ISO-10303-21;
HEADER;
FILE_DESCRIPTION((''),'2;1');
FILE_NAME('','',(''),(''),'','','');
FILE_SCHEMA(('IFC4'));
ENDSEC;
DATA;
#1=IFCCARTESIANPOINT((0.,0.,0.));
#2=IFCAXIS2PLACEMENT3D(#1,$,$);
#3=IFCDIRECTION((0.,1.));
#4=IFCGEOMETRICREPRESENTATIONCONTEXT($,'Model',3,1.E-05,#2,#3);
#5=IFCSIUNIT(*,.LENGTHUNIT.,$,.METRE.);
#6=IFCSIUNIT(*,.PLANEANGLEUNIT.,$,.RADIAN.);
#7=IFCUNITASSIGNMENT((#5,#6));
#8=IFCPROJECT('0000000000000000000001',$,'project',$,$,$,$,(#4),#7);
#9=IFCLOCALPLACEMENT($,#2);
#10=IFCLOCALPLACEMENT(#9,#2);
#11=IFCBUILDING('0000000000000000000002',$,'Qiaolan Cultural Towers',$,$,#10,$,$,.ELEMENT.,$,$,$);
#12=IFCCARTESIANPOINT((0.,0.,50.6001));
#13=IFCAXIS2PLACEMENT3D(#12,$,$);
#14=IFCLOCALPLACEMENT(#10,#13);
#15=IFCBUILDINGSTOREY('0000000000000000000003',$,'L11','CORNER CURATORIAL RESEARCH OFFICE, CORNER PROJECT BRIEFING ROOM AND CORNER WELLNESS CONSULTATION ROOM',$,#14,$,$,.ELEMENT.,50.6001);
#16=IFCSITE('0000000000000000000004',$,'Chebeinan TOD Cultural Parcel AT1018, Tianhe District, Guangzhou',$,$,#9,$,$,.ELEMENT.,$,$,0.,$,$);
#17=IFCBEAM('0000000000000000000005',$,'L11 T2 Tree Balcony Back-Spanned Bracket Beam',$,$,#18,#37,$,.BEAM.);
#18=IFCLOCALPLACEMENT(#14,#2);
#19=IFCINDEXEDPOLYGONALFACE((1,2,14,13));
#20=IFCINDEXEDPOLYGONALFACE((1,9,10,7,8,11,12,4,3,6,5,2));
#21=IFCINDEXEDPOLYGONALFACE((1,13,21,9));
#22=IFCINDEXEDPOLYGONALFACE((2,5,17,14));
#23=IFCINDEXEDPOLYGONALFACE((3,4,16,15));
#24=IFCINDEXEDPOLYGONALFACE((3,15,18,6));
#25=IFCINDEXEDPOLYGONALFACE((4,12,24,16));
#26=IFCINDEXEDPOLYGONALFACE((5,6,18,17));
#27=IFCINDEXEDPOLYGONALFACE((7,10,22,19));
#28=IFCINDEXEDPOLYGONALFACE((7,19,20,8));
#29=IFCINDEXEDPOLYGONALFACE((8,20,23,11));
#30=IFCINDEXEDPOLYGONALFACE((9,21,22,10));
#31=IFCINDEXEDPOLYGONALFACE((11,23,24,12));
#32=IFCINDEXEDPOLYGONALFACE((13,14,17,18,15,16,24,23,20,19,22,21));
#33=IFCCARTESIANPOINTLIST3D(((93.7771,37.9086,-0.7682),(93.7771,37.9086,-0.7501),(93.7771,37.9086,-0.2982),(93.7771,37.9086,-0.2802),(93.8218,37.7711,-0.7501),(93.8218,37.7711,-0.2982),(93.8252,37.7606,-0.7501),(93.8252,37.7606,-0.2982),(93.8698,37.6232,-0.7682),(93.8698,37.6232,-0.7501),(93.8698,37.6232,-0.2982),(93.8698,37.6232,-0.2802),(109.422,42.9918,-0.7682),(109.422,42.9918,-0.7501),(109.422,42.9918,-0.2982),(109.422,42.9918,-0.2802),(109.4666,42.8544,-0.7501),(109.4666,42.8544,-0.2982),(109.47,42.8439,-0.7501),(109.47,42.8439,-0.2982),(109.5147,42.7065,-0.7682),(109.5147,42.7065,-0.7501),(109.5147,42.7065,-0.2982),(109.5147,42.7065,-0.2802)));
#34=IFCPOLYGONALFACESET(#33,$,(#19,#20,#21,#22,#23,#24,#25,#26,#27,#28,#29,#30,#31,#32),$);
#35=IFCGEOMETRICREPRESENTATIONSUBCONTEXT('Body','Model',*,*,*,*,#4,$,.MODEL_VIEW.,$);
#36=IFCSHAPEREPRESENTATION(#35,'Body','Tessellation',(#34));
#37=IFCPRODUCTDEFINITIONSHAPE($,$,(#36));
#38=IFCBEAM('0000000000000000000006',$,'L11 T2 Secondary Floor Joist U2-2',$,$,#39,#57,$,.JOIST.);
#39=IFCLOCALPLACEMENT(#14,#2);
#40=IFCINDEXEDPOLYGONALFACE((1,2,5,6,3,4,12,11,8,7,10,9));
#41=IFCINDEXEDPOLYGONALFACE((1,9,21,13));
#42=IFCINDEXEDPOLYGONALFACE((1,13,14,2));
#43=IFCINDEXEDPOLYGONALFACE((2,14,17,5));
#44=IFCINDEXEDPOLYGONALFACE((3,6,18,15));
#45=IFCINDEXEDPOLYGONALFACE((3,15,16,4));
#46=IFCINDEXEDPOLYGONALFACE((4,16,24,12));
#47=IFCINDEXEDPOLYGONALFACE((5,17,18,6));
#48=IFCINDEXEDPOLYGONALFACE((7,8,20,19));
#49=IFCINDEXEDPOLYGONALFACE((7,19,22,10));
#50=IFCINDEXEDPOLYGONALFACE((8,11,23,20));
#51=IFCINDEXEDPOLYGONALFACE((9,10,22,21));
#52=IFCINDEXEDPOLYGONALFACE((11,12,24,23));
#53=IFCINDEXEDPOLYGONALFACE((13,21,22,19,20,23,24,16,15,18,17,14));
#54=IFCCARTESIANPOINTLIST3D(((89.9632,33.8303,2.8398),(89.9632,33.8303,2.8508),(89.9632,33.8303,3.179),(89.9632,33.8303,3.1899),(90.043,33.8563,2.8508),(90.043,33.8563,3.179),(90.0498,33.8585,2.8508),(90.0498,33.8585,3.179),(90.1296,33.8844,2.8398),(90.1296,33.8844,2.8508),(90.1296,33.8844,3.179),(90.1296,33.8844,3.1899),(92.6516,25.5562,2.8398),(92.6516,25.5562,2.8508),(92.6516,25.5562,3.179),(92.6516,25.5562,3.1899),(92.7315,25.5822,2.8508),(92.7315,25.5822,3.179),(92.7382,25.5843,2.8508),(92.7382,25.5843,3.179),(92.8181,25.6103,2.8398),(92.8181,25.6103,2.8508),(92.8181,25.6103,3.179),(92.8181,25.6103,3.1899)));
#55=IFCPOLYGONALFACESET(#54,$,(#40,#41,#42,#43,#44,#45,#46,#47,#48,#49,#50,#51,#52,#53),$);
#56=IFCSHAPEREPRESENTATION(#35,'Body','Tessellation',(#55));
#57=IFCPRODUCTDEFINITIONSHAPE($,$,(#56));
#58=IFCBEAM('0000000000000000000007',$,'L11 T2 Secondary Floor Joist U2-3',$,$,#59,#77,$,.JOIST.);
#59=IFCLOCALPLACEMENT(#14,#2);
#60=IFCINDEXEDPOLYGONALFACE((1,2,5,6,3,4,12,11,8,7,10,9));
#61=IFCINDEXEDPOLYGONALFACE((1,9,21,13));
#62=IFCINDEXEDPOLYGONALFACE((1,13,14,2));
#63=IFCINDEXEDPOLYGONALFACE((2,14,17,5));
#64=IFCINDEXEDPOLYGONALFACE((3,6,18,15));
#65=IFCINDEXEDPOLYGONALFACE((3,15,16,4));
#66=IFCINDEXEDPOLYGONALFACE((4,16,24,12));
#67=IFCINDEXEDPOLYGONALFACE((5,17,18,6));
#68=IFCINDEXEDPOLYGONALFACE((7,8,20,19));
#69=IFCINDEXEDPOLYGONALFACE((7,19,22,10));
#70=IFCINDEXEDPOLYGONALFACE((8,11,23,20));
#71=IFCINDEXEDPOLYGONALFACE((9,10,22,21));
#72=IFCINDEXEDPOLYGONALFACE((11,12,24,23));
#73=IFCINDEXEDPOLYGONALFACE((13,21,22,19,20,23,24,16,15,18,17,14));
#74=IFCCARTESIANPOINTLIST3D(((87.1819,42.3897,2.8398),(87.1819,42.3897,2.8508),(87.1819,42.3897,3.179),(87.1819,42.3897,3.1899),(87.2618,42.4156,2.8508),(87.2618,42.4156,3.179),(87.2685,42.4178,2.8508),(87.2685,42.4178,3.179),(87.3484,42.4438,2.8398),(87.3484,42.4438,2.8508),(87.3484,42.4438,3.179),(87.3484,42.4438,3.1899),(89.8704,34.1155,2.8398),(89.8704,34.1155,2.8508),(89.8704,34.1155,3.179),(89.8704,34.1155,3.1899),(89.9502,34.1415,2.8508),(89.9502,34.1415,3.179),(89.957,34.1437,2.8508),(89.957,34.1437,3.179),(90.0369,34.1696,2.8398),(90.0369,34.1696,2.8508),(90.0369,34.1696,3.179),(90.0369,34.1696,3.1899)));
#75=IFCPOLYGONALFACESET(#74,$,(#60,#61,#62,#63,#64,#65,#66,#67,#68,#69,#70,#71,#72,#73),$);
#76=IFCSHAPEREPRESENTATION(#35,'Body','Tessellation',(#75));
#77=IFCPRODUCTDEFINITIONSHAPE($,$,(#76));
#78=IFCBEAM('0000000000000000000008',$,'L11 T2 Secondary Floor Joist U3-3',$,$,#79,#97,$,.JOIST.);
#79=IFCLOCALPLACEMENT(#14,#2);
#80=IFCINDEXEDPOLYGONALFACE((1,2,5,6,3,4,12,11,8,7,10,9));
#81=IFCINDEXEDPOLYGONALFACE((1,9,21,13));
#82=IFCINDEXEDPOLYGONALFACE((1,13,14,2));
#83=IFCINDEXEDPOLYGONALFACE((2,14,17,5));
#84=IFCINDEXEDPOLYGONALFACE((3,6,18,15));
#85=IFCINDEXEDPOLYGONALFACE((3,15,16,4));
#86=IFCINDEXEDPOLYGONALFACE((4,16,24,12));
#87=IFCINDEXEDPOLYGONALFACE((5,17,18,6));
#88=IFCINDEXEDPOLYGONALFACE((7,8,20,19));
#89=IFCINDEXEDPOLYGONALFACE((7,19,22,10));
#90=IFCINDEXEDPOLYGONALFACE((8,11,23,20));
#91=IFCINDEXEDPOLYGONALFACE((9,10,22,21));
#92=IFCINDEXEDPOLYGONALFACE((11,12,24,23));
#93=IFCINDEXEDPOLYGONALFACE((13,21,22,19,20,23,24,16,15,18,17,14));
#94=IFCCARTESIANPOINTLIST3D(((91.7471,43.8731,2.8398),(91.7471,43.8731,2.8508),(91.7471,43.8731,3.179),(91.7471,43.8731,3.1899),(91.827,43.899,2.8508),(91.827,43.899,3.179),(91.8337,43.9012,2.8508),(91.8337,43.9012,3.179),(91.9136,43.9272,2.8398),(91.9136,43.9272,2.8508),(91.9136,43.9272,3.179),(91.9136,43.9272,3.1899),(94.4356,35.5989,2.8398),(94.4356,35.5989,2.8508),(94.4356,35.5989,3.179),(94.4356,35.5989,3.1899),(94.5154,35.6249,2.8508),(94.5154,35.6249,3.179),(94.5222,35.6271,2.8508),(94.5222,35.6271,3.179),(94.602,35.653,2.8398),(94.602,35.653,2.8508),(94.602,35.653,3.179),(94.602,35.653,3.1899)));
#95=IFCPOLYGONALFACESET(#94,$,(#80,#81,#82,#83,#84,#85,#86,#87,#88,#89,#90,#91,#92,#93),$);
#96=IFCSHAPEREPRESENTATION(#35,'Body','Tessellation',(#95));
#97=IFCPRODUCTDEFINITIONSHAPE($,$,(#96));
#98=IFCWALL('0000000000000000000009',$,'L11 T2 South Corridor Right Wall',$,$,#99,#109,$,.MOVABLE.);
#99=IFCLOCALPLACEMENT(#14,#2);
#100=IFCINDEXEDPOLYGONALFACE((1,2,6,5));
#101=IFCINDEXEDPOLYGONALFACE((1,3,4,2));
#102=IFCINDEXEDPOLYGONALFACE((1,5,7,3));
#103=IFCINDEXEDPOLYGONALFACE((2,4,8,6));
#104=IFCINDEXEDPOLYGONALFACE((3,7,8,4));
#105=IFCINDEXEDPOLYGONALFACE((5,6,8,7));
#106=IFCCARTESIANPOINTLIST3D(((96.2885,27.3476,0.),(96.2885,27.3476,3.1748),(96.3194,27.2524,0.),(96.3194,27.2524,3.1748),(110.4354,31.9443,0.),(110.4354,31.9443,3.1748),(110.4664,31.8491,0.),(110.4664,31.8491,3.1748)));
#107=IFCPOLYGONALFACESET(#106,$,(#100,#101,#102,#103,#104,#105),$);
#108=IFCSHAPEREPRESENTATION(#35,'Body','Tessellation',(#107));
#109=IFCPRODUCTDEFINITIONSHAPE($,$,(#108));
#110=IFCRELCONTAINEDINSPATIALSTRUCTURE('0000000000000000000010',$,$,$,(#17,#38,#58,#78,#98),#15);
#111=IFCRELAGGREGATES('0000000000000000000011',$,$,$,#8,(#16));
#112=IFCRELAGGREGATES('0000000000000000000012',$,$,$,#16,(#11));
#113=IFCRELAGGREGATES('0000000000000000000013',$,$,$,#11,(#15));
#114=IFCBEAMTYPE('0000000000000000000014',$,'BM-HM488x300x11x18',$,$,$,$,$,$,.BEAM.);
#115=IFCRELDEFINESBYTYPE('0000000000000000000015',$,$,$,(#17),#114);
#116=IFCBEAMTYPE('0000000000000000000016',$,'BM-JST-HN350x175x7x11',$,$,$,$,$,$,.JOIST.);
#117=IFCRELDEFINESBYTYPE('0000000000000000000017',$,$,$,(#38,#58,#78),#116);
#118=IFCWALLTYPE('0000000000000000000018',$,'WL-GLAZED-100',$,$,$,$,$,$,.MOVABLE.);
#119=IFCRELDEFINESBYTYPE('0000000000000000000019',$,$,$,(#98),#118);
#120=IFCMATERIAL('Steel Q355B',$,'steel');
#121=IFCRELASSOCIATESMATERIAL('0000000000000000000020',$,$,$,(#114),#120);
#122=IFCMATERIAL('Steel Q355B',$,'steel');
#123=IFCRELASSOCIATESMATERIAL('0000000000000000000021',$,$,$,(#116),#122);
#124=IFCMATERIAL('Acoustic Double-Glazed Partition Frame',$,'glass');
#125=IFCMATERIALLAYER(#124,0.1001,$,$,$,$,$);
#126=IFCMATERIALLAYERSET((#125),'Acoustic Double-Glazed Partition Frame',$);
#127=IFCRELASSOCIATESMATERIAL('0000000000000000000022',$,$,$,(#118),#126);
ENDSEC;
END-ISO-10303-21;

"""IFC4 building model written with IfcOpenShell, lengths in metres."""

from ifc_helpers import new_model, si_unit, direction, frame, frame_2d, origin, origin_2d, place, context, subcontext, project, spatial, rectangle, i_section, extrude, material, layer, layer_set, material_profile, profile_set, type_object, element, save


model = new_model("IFC4")

# Units and contexts
model_context = context("Model", 3, precision=1e-05, world=origin(), true_north=direction((0.0, 1.0)))
body_context = subcontext(model_context, "Body", "Model", "MODEL_VIEW")
ifc_project = project(units=[si_unit("LENGTHUNIT", "METRE"), si_unit("PLANEANGLEUNIT", "RADIAN")], contexts=[model_context])

# Site, building, storey
site_placement = place(None, origin())
site = spatial("IfcSite", under=ifc_project, at=site_placement, Name="Chebeinan TOD Cultural Parcel AT1018, Tianhe District, Guangzhou", CompositionType="ELEMENT", RefElevation=0.0)
building_placement = place(site_placement, origin())
building = spatial("IfcBuilding", under=site, at=building_placement, Name="Qiaolan Cultural Towers", CompositionType="ELEMENT")
storey_placement = place(building_placement, frame((0.0, 0.0, 50.6001)))
storey = spatial("IfcBuildingStorey", under=building, at=storey_placement, Name="L11", Description="CORNER CURATORIAL RESEARCH OFFICE, CORNER PROJECT BRIEFING ROOM AND CORNER WELLNESS CONSULTATION ROOM", CompositionType="ELEMENT", Elevation=50.6001)

# Beams
ifc_material_1 = material(Name="Steel Q355B", Category="steel")
ifc_material_profile_1 = material_profile(ifc_material_1, i_section(OverallWidth=0.3, OverallDepth=0.488, WebThickness=0.011, FlangeThickness=0.0181, at=origin_2d()), Name="HM488x300x11x18")
ifc_profile_set_1 = profile_set([ifc_material_profile_1], Name="Steel Q355B")
beam_type_1 = type_object("IfcBeamType", Name="BM-HM488x300x11x18", PredefinedType="BEAM", material=ifc_profile_set_1)
beam_placement = place(storey_placement, frame((93.8235, 37.7659, -0.5242), z_axis=(0.951057, 0.309015, 0.0), x_axis=(-0.309015, 0.951057, 0.0)))
element("IfcBeam", 1, at=beam_placement, inside=storey, type_object=beam_type_1, Name="L11 T2 Tree Balcony Back-Spanned Bracket Beam", PredefinedType="BEAM", context=body_context, shape_type="SweptSolid", body=[
    extrude(i_section(OverallWidth=0.3, OverallDepth=0.488, WebThickness=0.011, FlangeThickness=0.0181, at=origin_2d()), origin(), (0.0, 0.0, 1.0), 16.45),
])
ifc_material_2 = material(Name="Steel Q355B", Category="steel")
ifc_material_profile_2 = material_profile(ifc_material_2, i_section(OverallWidth=0.175, OverallDepth=0.3501, WebThickness=0.0071, FlangeThickness=0.011, at=origin_2d()), Name="HN350x175x7x11")
ifc_profile_set_2 = profile_set([ifc_material_profile_2], Name="Steel Q355B")
beam_type_2 = type_object("IfcBeamType", Name="BM-JST-HN350x175x7x11", PredefinedType="JOIST", material=ifc_profile_set_2)
for number, where, z_axis, x_axis, name in (
    (2, (92.7349, 25.5833, 3.0149), (-0.309021, 0.951055, 0.0), (-0.951055, -0.309021, 0.0), "L11 T2 Secondary Floor Joist U2-2"),
    (3, (89.9536, 34.1426, 3.0149), (-0.309021, 0.951055, 0.0), (-0.951055, -0.309021, 0.0), "L11 T2 Secondary Floor Joist U2-3"),
    (4, (94.5188, 35.626, 3.0149), (-0.309021, 0.951055, 0.0), (-0.951055, -0.309021, 0.0), "L11 T2 Secondary Floor Joist U3-3"),
):
    element("IfcBeam", number, at=place(storey_placement, frame(where, z_axis=z_axis, x_axis=x_axis)), inside=storey, type_object=beam_type_2, Name=name, PredefinedType="JOIST", context=body_context, shape_type="SweptSolid", body=[
        extrude(i_section(OverallWidth=0.175, OverallDepth=0.3501, WebThickness=0.0071, FlangeThickness=0.011, at=origin_2d()), origin(), (0.0, 0.0, 1.0), 8.7),
    ])

# Wall
ifc_material_3 = material(Name="Acoustic Double-Glazed Partition Frame", Category="glass")
ifc_layer = layer(ifc_material_3, 0.1001)
ifc_layer_set = layer_set([ifc_layer], Name="Acoustic Double-Glazed Partition Frame")
wall_type = type_object("IfcWallType", Name="WL-GLAZED-100", PredefinedType="MOVABLE", material=ifc_layer_set)
wall_1_placement = place(storey_placement, frame((96.304, 27.3, 0.0), z_axis=(0.0, 0.0, 1.0), x_axis=(0.951056, 0.30902, 0.0)))
element("IfcWall", 5, at=wall_1_placement, inside=storey, type_object=wall_type, Name="L11 T2 South Corridor Right Wall", PredefinedType="MOVABLE", context=body_context, shape_type="SweptSolid", body=[
    extrude(rectangle(XDim=14.875, YDim=0.1001, at=frame_2d((7.4375, 0.0))), origin(), (0.0, 0.0, 1.0), 3.1748),
])

save(model, "model.ifc")
